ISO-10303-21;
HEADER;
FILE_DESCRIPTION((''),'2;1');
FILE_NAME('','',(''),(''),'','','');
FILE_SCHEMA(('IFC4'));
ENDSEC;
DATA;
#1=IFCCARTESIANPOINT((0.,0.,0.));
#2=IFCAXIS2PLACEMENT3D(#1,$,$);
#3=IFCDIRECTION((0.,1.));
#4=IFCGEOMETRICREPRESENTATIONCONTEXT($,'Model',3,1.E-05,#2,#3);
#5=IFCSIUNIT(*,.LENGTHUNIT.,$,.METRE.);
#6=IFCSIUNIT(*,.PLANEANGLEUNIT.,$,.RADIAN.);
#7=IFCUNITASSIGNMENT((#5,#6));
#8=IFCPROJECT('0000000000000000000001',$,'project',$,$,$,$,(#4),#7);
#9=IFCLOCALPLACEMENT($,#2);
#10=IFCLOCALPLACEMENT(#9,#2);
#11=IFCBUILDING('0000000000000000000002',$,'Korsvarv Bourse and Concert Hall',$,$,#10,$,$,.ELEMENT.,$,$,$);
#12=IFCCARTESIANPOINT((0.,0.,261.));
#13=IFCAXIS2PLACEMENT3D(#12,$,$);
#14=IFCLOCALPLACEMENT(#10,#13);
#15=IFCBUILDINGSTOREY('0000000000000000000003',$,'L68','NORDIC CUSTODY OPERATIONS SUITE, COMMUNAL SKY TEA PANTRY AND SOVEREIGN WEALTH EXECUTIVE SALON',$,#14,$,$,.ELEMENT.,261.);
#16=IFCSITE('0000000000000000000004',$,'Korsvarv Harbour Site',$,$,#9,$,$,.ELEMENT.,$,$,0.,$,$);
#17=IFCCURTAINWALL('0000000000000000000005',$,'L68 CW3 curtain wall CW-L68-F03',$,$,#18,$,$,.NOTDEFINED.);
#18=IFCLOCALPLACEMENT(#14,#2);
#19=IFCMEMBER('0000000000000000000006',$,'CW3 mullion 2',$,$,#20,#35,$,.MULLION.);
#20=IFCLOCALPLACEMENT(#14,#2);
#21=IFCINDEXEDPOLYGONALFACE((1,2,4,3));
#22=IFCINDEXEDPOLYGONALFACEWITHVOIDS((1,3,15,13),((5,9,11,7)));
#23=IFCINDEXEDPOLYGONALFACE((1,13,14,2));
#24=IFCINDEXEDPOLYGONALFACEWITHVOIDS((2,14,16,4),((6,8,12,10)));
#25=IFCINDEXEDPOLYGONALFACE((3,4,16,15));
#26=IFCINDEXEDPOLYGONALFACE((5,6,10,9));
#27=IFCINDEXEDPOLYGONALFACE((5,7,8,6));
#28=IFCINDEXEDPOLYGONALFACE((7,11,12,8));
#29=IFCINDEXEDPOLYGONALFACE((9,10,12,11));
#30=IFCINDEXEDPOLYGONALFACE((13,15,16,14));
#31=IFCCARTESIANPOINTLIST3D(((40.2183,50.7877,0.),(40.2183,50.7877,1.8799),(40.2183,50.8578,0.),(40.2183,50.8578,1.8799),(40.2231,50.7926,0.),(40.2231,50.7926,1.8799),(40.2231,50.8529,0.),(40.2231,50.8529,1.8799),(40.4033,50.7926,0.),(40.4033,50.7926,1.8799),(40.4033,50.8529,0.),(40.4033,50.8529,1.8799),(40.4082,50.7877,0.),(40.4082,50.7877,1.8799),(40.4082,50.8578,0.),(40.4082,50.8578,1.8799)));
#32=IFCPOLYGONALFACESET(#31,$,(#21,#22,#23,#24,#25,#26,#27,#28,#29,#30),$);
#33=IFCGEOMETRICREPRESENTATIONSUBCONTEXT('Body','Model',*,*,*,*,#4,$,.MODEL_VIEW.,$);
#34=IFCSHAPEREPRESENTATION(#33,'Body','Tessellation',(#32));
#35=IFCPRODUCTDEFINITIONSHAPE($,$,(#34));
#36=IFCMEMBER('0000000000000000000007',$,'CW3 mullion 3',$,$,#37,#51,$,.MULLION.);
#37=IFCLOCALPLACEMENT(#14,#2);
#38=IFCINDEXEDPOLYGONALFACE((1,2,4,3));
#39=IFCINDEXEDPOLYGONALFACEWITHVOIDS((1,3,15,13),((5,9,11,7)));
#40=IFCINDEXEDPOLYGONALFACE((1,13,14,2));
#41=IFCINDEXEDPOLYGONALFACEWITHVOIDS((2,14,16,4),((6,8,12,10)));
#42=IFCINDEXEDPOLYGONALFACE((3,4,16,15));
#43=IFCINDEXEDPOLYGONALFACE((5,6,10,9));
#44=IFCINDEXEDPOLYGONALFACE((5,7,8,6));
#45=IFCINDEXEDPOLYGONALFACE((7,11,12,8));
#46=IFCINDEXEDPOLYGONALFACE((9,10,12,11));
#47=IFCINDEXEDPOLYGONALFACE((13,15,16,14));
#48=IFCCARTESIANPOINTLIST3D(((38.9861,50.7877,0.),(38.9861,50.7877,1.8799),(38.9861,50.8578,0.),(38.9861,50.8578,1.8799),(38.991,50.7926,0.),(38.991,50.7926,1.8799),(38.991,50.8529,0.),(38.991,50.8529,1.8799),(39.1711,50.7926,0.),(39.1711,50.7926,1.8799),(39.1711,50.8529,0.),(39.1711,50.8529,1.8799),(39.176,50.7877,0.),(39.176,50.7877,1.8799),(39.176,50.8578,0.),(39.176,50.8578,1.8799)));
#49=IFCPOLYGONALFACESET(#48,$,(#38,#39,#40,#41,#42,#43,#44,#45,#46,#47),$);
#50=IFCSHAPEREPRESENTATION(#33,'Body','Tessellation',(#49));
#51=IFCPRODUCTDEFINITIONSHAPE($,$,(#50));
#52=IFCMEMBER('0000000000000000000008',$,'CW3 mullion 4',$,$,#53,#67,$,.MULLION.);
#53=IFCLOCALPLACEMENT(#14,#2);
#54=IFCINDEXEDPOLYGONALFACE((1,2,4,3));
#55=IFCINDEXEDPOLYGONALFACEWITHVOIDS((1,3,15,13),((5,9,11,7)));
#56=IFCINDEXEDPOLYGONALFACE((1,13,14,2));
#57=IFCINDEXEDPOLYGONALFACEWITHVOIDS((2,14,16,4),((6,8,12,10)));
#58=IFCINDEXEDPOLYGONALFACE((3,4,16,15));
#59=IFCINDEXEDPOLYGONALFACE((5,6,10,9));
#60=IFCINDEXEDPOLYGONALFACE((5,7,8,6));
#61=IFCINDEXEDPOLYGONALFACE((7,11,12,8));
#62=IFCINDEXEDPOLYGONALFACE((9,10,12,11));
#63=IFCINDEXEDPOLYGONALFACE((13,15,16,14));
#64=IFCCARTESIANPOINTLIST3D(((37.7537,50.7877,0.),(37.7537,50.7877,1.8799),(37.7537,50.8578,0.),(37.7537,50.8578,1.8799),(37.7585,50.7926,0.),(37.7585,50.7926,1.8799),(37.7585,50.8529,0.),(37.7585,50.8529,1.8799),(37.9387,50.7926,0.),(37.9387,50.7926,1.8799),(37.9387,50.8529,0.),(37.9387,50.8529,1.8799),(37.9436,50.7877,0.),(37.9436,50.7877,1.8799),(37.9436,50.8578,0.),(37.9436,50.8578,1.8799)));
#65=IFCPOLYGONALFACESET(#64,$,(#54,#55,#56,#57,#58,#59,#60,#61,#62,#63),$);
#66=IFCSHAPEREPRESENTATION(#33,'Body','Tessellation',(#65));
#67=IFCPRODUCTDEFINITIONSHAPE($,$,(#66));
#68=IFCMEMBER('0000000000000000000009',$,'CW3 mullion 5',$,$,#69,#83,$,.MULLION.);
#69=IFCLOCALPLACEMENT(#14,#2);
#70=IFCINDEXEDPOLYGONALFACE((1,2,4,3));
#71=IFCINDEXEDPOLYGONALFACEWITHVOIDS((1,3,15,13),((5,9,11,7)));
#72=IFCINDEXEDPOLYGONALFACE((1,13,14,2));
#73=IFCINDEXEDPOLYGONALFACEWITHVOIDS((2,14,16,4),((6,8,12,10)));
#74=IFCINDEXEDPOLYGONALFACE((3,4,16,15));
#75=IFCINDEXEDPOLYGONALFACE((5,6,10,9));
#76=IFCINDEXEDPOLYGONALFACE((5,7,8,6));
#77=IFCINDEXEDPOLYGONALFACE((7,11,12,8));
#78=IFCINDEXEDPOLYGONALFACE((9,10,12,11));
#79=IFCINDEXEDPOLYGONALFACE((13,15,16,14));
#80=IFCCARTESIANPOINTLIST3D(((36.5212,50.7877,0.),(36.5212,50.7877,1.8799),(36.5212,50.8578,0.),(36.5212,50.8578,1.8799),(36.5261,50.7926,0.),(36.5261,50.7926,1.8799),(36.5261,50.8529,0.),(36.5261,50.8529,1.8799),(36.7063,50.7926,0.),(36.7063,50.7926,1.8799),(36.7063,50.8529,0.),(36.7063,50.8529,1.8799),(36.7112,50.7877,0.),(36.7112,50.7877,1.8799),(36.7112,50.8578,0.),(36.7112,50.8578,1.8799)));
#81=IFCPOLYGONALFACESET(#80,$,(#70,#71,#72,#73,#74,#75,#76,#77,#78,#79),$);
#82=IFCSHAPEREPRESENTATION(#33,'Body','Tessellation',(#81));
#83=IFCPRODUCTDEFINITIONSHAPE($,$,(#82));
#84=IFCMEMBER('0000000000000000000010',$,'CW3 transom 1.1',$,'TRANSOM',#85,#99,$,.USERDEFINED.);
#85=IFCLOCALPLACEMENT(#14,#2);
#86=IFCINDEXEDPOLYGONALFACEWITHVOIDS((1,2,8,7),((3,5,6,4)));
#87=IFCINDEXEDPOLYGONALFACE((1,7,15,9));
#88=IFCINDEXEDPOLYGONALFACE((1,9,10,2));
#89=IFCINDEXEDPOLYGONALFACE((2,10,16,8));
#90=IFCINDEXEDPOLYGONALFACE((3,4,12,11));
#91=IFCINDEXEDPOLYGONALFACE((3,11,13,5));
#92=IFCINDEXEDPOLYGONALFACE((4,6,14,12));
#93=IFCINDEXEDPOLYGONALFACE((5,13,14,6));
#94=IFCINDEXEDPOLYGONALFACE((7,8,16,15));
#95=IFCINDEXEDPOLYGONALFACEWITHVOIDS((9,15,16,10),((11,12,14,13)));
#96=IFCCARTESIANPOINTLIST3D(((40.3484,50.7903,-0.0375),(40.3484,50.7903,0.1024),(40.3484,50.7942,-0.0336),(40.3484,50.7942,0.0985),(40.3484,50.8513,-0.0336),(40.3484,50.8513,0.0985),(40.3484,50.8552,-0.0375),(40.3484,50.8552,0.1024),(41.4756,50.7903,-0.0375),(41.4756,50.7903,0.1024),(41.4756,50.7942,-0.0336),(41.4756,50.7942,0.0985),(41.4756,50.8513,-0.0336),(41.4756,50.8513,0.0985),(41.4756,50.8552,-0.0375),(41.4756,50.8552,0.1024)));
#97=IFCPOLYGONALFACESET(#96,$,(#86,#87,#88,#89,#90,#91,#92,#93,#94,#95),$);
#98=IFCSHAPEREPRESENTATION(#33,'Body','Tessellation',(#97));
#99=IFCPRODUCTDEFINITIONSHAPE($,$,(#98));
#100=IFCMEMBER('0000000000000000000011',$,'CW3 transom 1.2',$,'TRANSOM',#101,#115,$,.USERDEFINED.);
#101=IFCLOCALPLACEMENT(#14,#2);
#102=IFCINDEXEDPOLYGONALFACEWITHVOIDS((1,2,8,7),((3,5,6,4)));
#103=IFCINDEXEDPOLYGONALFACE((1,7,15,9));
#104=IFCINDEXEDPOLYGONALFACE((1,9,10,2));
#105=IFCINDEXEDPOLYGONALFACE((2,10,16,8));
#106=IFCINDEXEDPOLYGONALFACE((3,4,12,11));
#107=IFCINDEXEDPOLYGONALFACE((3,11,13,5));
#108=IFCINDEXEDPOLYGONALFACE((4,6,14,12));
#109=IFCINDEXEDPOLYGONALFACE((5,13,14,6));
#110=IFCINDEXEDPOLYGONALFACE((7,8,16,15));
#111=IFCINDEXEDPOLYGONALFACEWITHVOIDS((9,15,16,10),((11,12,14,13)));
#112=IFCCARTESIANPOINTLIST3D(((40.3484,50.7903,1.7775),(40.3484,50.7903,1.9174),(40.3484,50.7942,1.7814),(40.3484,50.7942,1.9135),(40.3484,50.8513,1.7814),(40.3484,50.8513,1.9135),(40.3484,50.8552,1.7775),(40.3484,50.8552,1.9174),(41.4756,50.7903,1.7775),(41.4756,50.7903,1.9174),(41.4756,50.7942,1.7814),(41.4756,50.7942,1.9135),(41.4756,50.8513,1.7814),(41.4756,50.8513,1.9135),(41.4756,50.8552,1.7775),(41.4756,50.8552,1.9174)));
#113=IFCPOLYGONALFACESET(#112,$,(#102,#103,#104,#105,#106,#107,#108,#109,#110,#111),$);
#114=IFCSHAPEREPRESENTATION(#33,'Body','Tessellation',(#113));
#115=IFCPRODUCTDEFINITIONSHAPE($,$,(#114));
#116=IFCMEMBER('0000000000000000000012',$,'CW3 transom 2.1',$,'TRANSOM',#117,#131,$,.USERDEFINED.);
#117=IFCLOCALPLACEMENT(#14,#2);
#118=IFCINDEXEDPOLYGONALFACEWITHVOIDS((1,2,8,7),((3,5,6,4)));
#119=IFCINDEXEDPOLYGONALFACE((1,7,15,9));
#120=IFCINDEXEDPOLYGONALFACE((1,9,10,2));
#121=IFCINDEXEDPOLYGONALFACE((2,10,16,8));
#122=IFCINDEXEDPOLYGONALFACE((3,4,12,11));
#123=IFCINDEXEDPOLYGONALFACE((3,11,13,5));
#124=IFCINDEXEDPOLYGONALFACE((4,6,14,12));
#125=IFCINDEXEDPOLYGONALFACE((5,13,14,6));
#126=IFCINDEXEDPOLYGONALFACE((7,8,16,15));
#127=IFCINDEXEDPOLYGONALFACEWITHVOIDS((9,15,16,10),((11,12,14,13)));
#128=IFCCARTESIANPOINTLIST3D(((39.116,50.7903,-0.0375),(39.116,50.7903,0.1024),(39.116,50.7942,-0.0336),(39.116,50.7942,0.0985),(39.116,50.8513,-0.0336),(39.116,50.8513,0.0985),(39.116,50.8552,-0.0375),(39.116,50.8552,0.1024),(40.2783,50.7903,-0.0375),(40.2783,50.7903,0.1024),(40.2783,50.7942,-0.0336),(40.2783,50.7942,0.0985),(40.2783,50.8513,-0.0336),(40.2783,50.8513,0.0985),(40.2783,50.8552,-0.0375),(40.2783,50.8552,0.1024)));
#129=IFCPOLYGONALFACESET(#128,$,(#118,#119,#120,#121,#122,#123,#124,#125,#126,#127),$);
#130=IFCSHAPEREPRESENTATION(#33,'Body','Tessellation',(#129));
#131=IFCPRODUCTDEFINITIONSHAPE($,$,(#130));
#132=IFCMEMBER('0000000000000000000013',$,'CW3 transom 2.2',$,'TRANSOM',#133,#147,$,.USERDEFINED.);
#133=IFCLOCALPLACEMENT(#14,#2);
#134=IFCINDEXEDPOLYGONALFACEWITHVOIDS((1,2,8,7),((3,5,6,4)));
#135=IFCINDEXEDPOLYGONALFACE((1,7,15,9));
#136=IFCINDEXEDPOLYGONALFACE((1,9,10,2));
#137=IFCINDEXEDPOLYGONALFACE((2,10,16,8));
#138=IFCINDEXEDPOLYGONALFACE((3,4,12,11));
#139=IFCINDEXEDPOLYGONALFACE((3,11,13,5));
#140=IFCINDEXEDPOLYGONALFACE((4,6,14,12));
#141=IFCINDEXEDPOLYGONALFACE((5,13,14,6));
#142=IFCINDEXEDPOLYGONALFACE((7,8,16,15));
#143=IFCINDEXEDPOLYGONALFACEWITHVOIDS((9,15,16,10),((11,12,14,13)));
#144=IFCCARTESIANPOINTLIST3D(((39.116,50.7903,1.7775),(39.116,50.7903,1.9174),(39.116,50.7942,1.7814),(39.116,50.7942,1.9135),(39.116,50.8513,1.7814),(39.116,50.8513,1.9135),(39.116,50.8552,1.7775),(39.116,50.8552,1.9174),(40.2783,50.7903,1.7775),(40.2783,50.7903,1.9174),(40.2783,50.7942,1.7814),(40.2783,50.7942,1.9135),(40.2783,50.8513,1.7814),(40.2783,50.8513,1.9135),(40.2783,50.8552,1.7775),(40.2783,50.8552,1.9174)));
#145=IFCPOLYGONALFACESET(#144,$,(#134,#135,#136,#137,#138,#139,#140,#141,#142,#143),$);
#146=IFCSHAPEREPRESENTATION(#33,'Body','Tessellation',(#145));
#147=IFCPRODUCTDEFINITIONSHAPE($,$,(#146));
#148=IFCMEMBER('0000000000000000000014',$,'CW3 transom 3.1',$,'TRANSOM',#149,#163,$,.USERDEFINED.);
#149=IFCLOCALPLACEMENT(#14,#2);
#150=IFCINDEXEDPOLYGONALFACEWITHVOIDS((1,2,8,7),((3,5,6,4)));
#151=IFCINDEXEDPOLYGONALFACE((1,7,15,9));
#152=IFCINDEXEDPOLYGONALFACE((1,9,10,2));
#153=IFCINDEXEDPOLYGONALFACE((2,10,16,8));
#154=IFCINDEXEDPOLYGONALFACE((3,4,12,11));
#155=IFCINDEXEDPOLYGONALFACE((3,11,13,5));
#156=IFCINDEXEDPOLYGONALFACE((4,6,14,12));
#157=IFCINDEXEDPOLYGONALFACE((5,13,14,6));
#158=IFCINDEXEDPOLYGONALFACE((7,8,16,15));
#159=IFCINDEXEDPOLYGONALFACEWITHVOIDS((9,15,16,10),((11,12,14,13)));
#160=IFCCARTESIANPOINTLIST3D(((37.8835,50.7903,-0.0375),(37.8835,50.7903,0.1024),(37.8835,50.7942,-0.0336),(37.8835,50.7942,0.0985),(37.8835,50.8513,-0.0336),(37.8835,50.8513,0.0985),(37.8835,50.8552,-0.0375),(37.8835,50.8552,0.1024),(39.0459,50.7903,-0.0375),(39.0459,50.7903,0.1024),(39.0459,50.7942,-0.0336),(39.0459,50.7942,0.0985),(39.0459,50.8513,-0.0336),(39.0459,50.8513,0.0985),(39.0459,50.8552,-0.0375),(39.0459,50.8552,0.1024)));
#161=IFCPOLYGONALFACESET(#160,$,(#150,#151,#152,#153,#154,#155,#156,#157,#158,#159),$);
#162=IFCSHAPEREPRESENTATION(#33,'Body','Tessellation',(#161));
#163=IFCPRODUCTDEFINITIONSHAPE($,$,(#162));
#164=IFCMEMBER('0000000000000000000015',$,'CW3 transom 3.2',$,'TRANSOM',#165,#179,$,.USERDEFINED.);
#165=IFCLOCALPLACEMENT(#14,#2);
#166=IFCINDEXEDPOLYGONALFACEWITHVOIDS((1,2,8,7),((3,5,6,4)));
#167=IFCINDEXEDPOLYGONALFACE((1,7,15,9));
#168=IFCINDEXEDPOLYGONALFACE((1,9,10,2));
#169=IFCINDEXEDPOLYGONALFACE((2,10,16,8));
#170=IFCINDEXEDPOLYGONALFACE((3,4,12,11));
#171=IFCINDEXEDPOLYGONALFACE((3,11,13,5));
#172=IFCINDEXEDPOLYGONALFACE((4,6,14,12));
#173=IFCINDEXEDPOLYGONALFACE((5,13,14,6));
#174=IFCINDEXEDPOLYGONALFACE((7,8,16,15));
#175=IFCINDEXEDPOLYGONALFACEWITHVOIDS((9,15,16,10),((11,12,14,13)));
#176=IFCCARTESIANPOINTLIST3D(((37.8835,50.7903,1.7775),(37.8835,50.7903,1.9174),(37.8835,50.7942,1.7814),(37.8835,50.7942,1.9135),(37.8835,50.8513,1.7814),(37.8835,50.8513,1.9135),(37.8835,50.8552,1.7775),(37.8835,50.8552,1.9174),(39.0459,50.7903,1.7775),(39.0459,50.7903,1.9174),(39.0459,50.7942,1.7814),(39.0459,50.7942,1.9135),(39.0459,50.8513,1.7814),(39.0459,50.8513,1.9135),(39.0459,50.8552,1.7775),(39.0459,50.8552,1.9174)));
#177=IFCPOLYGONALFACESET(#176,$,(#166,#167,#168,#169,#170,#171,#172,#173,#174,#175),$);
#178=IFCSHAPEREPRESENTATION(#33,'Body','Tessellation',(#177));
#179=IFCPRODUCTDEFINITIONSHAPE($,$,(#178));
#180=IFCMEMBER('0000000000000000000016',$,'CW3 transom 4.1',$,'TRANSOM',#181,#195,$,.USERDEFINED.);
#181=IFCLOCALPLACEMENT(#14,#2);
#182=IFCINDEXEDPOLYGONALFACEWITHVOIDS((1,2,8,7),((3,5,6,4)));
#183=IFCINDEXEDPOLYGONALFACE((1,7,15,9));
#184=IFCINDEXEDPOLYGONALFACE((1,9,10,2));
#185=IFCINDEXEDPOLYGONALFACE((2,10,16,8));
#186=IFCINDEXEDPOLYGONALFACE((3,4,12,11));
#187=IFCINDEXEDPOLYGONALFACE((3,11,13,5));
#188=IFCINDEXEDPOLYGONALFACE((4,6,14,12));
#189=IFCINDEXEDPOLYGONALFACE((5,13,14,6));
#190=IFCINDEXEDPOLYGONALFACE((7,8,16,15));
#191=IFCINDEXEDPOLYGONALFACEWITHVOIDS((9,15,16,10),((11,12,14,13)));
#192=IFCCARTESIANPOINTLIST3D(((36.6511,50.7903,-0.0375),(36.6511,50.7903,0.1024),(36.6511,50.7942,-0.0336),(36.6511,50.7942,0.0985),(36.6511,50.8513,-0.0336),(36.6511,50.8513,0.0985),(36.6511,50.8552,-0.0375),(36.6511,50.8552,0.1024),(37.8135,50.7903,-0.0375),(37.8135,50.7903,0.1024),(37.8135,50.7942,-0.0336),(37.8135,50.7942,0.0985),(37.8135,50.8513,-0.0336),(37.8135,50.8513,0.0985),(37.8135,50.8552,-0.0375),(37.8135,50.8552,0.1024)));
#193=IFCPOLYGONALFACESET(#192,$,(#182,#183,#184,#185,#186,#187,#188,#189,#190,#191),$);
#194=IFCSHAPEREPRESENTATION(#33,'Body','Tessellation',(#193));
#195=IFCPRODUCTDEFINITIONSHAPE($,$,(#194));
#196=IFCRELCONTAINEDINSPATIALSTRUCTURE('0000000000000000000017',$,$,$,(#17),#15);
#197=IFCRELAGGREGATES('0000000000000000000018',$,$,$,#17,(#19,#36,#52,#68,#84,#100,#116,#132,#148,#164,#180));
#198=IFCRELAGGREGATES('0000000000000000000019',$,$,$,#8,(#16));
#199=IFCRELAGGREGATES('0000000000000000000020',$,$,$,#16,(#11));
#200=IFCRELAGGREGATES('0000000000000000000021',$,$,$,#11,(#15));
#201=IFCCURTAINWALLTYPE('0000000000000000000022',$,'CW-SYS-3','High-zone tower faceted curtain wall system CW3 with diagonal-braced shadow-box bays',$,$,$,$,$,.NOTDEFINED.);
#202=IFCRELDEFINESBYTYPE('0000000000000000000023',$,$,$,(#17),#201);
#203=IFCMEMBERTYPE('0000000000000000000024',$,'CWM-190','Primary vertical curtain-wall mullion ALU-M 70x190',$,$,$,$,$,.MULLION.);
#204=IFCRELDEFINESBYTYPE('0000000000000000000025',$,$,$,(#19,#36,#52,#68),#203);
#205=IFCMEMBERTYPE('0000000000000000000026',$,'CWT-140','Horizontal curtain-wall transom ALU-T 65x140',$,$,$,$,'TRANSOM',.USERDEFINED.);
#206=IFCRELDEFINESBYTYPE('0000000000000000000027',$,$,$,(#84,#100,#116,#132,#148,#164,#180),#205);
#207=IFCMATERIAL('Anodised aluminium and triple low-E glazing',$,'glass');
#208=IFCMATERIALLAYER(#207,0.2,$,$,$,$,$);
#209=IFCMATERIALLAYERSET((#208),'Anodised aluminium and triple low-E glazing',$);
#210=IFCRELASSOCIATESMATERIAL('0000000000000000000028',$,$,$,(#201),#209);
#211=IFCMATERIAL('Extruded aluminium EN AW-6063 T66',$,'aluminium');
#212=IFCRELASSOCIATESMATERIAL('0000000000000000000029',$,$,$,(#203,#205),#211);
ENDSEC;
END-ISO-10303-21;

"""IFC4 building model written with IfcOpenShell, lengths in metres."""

from ifc_helpers import new_model, si_unit, direction, frame, origin, origin_2d, place, context, subcontext, project, spatial, hollow_rectangle, extrude, source, transform, mapped, material, layer, layer_set, material_profile, profile_set, type_object, element, aggregate, save


model = new_model("IFC4")

# Units and contexts
model_context = context("Model", 3, precision=1e-05, world=origin(), true_north=direction((0.0, 1.0)))
body_context = subcontext(model_context, "Body", "Model", "MODEL_VIEW")
ifc_project = project(units=[si_unit("LENGTHUNIT", "METRE"), si_unit("PLANEANGLEUNIT", "RADIAN")], contexts=[model_context])

# Site, building, storey
site_placement = place(None, origin())
site = spatial("IfcSite", under=ifc_project, at=site_placement, Name="Korsvarv Harbour Site", CompositionType="ELEMENT", RefElevation=0.0)
building_placement = place(site_placement, origin())
building = spatial("IfcBuilding", under=site, at=building_placement, Name="Korsvarv Bourse and Concert Hall", CompositionType="ELEMENT")
storey_placement = place(building_placement, frame((0.0, 0.0, 261.0)))
storey = spatial("IfcBuildingStorey", under=building, at=storey_placement, Name="L68", Description="NORDIC CUSTODY OPERATIONS SUITE, COMMUNAL SKY TEA PANTRY AND SOVEREIGN WEALTH EXECUTIVE SALON", CompositionType="ELEMENT", Elevation=261.0)

# Curtain wall, members
ifc_material_1 = material(Name="Anodised aluminium and triple low-E glazing", Category="glass")
ifc_layer_1 = layer(ifc_material_1, 0.2)
ifc_layer_set_1 = layer_set([ifc_layer_1], Name="Anodised aluminium and triple low-E glazing")
curtain_wall_type = type_object("IfcCurtainWallType", Name="CW-SYS-3", Description="High-zone tower faceted curtain wall system CW3 with diagonal-braced shadow-box bays", PredefinedType="NOTDEFINED", material=ifc_layer_set_1)
curtain_wall_placement = place(storey_placement, origin())
curtain_wall = element("IfcCurtainWall", 1, at=curtain_wall_placement, inside=storey, type_object=curtain_wall_type, Name="L68 CW3 curtain wall CW-L68-F03", PredefinedType="NOTDEFINED")
ifc_material_2 = material(Name="Extruded aluminium EN AW-6063 T66", Category="aluminium")
ifc_material_profile_1 = material_profile(ifc_material_2, hollow_rectangle(XDim=0.0701, YDim=0.1899, WallThickness=0.0049, at=origin_2d()), Name="ALU-M 70x190")
ifc_profile_set_1 = profile_set([ifc_material_profile_1], Name="Extruded aluminium EN AW-6063 T66")
member_type_1 = type_object("IfcMemberType", Name="CWM-190", Description="Primary vertical curtain-wall mullion ALU-M 70x190", PredefinedType="MULLION", material=ifc_profile_set_1)
shared_shape_1 = source(origin(), body_context, "Body", "SweptSolid", [
    extrude(hollow_rectangle(XDim=0.0701, YDim=0.1899, WallThickness=0.0049, at=origin_2d()), origin(), (0.0, 0.0, 1.0), 1.8799),
])
member_1_placement = place(storey_placement, frame((40.3132, 50.8228, 0.0), z_axis=(0.0, 0.0, 1.0), x_axis=(0.0, -1.0, 0.0)))
member_1 = element("IfcMember", 2, at=member_1_placement, type_object=member_type_1, Name="CW3 mullion 2", PredefinedType="MULLION", context=body_context, shape_type="MappedRepresentation", body=[
    mapped(shared_shape_1, transform((0.0, 0.0, 0.0), scale=1.0)),
])
member_2_placement = place(storey_placement, frame((39.0811, 50.8228, 0.0), z_axis=(0.0, 0.0, 1.0), x_axis=(0.0, -1.0, 0.0)))
member_2 = element("IfcMember", 3, at=member_2_placement, type_object=member_type_1, Name="CW3 mullion 3", PredefinedType="MULLION", context=body_context, shape_type="MappedRepresentation", body=[
    mapped(shared_shape_1, transform((0.0, 0.0, 0.0), scale=1.0)),
])
member_3_placement = place(storey_placement, frame((37.8486, 50.8228, 0.0), z_axis=(0.0, 0.0, 1.0), x_axis=(0.0, -1.0, 0.0)))
member_3 = element("IfcMember", 4, at=member_3_placement, type_object=member_type_1, Name="CW3 mullion 4", PredefinedType="MULLION", context=body_context, shape_type="MappedRepresentation", body=[
    mapped(shared_shape_1, transform((0.0, 0.0, 0.0), scale=1.0)),
])
member_4_placement = place(storey_placement, frame((36.6162, 50.8228, 0.0), z_axis=(0.0, 0.0, 1.0), x_axis=(0.0, -1.0, 0.0)))
member_4 = element("IfcMember", 5, at=member_4_placement, type_object=member_type_1, Name="CW3 mullion 5", PredefinedType="MULLION", context=body_context, shape_type="MappedRepresentation", body=[
    mapped(shared_shape_1, transform((0.0, 0.0, 0.0), scale=1.0)),
])
ifc_material_profile_2 = material_profile(ifc_material_2, hollow_rectangle(XDim=0.0649, YDim=0.1399, WallThickness=0.0039, at=origin_2d()), Name="ALU-T 65x140")
ifc_profile_set_2 = profile_set([ifc_material_profile_2], Name="Extruded aluminium EN AW-6063 T66")
member_type_2 = type_object("IfcMemberType", Name="CWT-140", Description="Horizontal curtain-wall transom ALU-T 65x140", ElementType="TRANSOM", PredefinedType="USERDEFINED", material=ifc_profile_set_2)
shared_shape_2 = source(origin(), body_context, "Body", "SweptSolid", [
    extrude(hollow_rectangle(XDim=0.0649, YDim=0.1399, WallThickness=0.0039, at=origin_2d()), origin(), (0.0, 0.0, 1.0), 1.1272),
])
member_5_placement = place(storey_placement, frame((41.4756, 50.8228, 0.0325), z_axis=(-1.0, 0.0, 0.0), x_axis=(0.0, -1.0, 0.0)))
member_5 = element("IfcMember", 6, at=member_5_placement, type_object=member_type_2, Name="CW3 transom 1.1", ObjectType="TRANSOM", PredefinedType="USERDEFINED", context=body_context, shape_type="MappedRepresentation", body=[
    mapped(shared_shape_2, transform((0.0, 0.0, 0.0), scale=1.0)),
])
member_6_placement = place(storey_placement, frame((41.4756, 50.8228, 1.8474), z_axis=(-1.0, 0.0, 0.0), x_axis=(0.0, -1.0, 0.0)))
member_6 = element("IfcMember", 7, at=member_6_placement, type_object=member_type_2, Name="CW3 transom 1.2", ObjectType="TRANSOM", PredefinedType="USERDEFINED", context=body_context, shape_type="MappedRepresentation", body=[
    mapped(shared_shape_2, transform((0.0, 0.0, 0.0), scale=1.0)),
])
shared_shape_3 = source(origin(), body_context, "Body", "SweptSolid", [
    extrude(hollow_rectangle(XDim=0.0649, YDim=0.1399, WallThickness=0.0039, at=origin_2d()), origin(), (0.0, 0.0, 1.0), 1.1624),
])
member_7_placement = place(storey_placement, frame((40.2783, 50.8228, 0.0325), z_axis=(-1.0, 0.0, 0.0), x_axis=(0.0, -1.0, 0.0)))
member_7 = element("IfcMember", 8, at=member_7_placement, type_object=member_type_2, Name="CW3 transom 2.1", ObjectType="TRANSOM", PredefinedType="USERDEFINED", context=body_context, shape_type="MappedRepresentation", body=[
    mapped(shared_shape_3, transform((0.0, 0.0, 0.0), scale=1.0)),
])
member_8_placement = place(storey_placement, frame((40.2783, 50.8228, 1.8474), z_axis=(-1.0, 0.0, 0.0), x_axis=(0.0, -1.0, 0.0)))
member_8 = element("IfcMember", 9, at=member_8_placement, type_object=member_type_2, Name="CW3 transom 2.2", ObjectType="TRANSOM", PredefinedType="USERDEFINED", context=body_context, shape_type="MappedRepresentation", body=[
    mapped(shared_shape_3, transform((0.0, 0.0, 0.0), scale=1.0)),
])
member_9_placement = place(storey_placement, frame((39.0459, 50.8228, 0.0325), z_axis=(-1.0, 0.0, 0.0), x_axis=(0.0, -1.0, 0.0)))
member_9 = element("IfcMember", 10, at=member_9_placement, type_object=member_type_2, Name="CW3 transom 3.1", ObjectType="TRANSOM", PredefinedType="USERDEFINED", context=body_context, shape_type="MappedRepresentation", body=[
    mapped(shared_shape_3, transform((0.0, 0.0, 0.0), scale=1.0)),
])
member_10_placement = place(storey_placement, frame((39.0459, 50.8228, 1.8474), z_axis=(-1.0, 0.0, 0.0), x_axis=(0.0, -1.0, 0.0)))
member_10 = element("IfcMember", 11, at=member_10_placement, type_object=member_type_2, Name="CW3 transom 3.2", ObjectType="TRANSOM", PredefinedType="USERDEFINED", context=body_context, shape_type="MappedRepresentation", body=[
    mapped(shared_shape_3, transform((0.0, 0.0, 0.0), scale=1.0)),
])
member_11_placement = place(storey_placement, frame((37.8135, 50.8228, 0.0325), z_axis=(-1.0, 0.0, 0.0), x_axis=(0.0, -1.0, 0.0)))
member_11 = element("IfcMember", 12, at=member_11_placement, type_object=member_type_2, Name="CW3 transom 4.1", ObjectType="TRANSOM", PredefinedType="USERDEFINED", context=body_context, shape_type="MappedRepresentation", body=[
    mapped(shared_shape_3, transform((0.0, 0.0, 0.0), scale=1.0)),
])
aggregate(curtain_wall, [member_1, member_2, member_3, member_4, member_5, member_6, member_7, member_8, member_9, member_10, member_11])

save(model, "model.ifc")
